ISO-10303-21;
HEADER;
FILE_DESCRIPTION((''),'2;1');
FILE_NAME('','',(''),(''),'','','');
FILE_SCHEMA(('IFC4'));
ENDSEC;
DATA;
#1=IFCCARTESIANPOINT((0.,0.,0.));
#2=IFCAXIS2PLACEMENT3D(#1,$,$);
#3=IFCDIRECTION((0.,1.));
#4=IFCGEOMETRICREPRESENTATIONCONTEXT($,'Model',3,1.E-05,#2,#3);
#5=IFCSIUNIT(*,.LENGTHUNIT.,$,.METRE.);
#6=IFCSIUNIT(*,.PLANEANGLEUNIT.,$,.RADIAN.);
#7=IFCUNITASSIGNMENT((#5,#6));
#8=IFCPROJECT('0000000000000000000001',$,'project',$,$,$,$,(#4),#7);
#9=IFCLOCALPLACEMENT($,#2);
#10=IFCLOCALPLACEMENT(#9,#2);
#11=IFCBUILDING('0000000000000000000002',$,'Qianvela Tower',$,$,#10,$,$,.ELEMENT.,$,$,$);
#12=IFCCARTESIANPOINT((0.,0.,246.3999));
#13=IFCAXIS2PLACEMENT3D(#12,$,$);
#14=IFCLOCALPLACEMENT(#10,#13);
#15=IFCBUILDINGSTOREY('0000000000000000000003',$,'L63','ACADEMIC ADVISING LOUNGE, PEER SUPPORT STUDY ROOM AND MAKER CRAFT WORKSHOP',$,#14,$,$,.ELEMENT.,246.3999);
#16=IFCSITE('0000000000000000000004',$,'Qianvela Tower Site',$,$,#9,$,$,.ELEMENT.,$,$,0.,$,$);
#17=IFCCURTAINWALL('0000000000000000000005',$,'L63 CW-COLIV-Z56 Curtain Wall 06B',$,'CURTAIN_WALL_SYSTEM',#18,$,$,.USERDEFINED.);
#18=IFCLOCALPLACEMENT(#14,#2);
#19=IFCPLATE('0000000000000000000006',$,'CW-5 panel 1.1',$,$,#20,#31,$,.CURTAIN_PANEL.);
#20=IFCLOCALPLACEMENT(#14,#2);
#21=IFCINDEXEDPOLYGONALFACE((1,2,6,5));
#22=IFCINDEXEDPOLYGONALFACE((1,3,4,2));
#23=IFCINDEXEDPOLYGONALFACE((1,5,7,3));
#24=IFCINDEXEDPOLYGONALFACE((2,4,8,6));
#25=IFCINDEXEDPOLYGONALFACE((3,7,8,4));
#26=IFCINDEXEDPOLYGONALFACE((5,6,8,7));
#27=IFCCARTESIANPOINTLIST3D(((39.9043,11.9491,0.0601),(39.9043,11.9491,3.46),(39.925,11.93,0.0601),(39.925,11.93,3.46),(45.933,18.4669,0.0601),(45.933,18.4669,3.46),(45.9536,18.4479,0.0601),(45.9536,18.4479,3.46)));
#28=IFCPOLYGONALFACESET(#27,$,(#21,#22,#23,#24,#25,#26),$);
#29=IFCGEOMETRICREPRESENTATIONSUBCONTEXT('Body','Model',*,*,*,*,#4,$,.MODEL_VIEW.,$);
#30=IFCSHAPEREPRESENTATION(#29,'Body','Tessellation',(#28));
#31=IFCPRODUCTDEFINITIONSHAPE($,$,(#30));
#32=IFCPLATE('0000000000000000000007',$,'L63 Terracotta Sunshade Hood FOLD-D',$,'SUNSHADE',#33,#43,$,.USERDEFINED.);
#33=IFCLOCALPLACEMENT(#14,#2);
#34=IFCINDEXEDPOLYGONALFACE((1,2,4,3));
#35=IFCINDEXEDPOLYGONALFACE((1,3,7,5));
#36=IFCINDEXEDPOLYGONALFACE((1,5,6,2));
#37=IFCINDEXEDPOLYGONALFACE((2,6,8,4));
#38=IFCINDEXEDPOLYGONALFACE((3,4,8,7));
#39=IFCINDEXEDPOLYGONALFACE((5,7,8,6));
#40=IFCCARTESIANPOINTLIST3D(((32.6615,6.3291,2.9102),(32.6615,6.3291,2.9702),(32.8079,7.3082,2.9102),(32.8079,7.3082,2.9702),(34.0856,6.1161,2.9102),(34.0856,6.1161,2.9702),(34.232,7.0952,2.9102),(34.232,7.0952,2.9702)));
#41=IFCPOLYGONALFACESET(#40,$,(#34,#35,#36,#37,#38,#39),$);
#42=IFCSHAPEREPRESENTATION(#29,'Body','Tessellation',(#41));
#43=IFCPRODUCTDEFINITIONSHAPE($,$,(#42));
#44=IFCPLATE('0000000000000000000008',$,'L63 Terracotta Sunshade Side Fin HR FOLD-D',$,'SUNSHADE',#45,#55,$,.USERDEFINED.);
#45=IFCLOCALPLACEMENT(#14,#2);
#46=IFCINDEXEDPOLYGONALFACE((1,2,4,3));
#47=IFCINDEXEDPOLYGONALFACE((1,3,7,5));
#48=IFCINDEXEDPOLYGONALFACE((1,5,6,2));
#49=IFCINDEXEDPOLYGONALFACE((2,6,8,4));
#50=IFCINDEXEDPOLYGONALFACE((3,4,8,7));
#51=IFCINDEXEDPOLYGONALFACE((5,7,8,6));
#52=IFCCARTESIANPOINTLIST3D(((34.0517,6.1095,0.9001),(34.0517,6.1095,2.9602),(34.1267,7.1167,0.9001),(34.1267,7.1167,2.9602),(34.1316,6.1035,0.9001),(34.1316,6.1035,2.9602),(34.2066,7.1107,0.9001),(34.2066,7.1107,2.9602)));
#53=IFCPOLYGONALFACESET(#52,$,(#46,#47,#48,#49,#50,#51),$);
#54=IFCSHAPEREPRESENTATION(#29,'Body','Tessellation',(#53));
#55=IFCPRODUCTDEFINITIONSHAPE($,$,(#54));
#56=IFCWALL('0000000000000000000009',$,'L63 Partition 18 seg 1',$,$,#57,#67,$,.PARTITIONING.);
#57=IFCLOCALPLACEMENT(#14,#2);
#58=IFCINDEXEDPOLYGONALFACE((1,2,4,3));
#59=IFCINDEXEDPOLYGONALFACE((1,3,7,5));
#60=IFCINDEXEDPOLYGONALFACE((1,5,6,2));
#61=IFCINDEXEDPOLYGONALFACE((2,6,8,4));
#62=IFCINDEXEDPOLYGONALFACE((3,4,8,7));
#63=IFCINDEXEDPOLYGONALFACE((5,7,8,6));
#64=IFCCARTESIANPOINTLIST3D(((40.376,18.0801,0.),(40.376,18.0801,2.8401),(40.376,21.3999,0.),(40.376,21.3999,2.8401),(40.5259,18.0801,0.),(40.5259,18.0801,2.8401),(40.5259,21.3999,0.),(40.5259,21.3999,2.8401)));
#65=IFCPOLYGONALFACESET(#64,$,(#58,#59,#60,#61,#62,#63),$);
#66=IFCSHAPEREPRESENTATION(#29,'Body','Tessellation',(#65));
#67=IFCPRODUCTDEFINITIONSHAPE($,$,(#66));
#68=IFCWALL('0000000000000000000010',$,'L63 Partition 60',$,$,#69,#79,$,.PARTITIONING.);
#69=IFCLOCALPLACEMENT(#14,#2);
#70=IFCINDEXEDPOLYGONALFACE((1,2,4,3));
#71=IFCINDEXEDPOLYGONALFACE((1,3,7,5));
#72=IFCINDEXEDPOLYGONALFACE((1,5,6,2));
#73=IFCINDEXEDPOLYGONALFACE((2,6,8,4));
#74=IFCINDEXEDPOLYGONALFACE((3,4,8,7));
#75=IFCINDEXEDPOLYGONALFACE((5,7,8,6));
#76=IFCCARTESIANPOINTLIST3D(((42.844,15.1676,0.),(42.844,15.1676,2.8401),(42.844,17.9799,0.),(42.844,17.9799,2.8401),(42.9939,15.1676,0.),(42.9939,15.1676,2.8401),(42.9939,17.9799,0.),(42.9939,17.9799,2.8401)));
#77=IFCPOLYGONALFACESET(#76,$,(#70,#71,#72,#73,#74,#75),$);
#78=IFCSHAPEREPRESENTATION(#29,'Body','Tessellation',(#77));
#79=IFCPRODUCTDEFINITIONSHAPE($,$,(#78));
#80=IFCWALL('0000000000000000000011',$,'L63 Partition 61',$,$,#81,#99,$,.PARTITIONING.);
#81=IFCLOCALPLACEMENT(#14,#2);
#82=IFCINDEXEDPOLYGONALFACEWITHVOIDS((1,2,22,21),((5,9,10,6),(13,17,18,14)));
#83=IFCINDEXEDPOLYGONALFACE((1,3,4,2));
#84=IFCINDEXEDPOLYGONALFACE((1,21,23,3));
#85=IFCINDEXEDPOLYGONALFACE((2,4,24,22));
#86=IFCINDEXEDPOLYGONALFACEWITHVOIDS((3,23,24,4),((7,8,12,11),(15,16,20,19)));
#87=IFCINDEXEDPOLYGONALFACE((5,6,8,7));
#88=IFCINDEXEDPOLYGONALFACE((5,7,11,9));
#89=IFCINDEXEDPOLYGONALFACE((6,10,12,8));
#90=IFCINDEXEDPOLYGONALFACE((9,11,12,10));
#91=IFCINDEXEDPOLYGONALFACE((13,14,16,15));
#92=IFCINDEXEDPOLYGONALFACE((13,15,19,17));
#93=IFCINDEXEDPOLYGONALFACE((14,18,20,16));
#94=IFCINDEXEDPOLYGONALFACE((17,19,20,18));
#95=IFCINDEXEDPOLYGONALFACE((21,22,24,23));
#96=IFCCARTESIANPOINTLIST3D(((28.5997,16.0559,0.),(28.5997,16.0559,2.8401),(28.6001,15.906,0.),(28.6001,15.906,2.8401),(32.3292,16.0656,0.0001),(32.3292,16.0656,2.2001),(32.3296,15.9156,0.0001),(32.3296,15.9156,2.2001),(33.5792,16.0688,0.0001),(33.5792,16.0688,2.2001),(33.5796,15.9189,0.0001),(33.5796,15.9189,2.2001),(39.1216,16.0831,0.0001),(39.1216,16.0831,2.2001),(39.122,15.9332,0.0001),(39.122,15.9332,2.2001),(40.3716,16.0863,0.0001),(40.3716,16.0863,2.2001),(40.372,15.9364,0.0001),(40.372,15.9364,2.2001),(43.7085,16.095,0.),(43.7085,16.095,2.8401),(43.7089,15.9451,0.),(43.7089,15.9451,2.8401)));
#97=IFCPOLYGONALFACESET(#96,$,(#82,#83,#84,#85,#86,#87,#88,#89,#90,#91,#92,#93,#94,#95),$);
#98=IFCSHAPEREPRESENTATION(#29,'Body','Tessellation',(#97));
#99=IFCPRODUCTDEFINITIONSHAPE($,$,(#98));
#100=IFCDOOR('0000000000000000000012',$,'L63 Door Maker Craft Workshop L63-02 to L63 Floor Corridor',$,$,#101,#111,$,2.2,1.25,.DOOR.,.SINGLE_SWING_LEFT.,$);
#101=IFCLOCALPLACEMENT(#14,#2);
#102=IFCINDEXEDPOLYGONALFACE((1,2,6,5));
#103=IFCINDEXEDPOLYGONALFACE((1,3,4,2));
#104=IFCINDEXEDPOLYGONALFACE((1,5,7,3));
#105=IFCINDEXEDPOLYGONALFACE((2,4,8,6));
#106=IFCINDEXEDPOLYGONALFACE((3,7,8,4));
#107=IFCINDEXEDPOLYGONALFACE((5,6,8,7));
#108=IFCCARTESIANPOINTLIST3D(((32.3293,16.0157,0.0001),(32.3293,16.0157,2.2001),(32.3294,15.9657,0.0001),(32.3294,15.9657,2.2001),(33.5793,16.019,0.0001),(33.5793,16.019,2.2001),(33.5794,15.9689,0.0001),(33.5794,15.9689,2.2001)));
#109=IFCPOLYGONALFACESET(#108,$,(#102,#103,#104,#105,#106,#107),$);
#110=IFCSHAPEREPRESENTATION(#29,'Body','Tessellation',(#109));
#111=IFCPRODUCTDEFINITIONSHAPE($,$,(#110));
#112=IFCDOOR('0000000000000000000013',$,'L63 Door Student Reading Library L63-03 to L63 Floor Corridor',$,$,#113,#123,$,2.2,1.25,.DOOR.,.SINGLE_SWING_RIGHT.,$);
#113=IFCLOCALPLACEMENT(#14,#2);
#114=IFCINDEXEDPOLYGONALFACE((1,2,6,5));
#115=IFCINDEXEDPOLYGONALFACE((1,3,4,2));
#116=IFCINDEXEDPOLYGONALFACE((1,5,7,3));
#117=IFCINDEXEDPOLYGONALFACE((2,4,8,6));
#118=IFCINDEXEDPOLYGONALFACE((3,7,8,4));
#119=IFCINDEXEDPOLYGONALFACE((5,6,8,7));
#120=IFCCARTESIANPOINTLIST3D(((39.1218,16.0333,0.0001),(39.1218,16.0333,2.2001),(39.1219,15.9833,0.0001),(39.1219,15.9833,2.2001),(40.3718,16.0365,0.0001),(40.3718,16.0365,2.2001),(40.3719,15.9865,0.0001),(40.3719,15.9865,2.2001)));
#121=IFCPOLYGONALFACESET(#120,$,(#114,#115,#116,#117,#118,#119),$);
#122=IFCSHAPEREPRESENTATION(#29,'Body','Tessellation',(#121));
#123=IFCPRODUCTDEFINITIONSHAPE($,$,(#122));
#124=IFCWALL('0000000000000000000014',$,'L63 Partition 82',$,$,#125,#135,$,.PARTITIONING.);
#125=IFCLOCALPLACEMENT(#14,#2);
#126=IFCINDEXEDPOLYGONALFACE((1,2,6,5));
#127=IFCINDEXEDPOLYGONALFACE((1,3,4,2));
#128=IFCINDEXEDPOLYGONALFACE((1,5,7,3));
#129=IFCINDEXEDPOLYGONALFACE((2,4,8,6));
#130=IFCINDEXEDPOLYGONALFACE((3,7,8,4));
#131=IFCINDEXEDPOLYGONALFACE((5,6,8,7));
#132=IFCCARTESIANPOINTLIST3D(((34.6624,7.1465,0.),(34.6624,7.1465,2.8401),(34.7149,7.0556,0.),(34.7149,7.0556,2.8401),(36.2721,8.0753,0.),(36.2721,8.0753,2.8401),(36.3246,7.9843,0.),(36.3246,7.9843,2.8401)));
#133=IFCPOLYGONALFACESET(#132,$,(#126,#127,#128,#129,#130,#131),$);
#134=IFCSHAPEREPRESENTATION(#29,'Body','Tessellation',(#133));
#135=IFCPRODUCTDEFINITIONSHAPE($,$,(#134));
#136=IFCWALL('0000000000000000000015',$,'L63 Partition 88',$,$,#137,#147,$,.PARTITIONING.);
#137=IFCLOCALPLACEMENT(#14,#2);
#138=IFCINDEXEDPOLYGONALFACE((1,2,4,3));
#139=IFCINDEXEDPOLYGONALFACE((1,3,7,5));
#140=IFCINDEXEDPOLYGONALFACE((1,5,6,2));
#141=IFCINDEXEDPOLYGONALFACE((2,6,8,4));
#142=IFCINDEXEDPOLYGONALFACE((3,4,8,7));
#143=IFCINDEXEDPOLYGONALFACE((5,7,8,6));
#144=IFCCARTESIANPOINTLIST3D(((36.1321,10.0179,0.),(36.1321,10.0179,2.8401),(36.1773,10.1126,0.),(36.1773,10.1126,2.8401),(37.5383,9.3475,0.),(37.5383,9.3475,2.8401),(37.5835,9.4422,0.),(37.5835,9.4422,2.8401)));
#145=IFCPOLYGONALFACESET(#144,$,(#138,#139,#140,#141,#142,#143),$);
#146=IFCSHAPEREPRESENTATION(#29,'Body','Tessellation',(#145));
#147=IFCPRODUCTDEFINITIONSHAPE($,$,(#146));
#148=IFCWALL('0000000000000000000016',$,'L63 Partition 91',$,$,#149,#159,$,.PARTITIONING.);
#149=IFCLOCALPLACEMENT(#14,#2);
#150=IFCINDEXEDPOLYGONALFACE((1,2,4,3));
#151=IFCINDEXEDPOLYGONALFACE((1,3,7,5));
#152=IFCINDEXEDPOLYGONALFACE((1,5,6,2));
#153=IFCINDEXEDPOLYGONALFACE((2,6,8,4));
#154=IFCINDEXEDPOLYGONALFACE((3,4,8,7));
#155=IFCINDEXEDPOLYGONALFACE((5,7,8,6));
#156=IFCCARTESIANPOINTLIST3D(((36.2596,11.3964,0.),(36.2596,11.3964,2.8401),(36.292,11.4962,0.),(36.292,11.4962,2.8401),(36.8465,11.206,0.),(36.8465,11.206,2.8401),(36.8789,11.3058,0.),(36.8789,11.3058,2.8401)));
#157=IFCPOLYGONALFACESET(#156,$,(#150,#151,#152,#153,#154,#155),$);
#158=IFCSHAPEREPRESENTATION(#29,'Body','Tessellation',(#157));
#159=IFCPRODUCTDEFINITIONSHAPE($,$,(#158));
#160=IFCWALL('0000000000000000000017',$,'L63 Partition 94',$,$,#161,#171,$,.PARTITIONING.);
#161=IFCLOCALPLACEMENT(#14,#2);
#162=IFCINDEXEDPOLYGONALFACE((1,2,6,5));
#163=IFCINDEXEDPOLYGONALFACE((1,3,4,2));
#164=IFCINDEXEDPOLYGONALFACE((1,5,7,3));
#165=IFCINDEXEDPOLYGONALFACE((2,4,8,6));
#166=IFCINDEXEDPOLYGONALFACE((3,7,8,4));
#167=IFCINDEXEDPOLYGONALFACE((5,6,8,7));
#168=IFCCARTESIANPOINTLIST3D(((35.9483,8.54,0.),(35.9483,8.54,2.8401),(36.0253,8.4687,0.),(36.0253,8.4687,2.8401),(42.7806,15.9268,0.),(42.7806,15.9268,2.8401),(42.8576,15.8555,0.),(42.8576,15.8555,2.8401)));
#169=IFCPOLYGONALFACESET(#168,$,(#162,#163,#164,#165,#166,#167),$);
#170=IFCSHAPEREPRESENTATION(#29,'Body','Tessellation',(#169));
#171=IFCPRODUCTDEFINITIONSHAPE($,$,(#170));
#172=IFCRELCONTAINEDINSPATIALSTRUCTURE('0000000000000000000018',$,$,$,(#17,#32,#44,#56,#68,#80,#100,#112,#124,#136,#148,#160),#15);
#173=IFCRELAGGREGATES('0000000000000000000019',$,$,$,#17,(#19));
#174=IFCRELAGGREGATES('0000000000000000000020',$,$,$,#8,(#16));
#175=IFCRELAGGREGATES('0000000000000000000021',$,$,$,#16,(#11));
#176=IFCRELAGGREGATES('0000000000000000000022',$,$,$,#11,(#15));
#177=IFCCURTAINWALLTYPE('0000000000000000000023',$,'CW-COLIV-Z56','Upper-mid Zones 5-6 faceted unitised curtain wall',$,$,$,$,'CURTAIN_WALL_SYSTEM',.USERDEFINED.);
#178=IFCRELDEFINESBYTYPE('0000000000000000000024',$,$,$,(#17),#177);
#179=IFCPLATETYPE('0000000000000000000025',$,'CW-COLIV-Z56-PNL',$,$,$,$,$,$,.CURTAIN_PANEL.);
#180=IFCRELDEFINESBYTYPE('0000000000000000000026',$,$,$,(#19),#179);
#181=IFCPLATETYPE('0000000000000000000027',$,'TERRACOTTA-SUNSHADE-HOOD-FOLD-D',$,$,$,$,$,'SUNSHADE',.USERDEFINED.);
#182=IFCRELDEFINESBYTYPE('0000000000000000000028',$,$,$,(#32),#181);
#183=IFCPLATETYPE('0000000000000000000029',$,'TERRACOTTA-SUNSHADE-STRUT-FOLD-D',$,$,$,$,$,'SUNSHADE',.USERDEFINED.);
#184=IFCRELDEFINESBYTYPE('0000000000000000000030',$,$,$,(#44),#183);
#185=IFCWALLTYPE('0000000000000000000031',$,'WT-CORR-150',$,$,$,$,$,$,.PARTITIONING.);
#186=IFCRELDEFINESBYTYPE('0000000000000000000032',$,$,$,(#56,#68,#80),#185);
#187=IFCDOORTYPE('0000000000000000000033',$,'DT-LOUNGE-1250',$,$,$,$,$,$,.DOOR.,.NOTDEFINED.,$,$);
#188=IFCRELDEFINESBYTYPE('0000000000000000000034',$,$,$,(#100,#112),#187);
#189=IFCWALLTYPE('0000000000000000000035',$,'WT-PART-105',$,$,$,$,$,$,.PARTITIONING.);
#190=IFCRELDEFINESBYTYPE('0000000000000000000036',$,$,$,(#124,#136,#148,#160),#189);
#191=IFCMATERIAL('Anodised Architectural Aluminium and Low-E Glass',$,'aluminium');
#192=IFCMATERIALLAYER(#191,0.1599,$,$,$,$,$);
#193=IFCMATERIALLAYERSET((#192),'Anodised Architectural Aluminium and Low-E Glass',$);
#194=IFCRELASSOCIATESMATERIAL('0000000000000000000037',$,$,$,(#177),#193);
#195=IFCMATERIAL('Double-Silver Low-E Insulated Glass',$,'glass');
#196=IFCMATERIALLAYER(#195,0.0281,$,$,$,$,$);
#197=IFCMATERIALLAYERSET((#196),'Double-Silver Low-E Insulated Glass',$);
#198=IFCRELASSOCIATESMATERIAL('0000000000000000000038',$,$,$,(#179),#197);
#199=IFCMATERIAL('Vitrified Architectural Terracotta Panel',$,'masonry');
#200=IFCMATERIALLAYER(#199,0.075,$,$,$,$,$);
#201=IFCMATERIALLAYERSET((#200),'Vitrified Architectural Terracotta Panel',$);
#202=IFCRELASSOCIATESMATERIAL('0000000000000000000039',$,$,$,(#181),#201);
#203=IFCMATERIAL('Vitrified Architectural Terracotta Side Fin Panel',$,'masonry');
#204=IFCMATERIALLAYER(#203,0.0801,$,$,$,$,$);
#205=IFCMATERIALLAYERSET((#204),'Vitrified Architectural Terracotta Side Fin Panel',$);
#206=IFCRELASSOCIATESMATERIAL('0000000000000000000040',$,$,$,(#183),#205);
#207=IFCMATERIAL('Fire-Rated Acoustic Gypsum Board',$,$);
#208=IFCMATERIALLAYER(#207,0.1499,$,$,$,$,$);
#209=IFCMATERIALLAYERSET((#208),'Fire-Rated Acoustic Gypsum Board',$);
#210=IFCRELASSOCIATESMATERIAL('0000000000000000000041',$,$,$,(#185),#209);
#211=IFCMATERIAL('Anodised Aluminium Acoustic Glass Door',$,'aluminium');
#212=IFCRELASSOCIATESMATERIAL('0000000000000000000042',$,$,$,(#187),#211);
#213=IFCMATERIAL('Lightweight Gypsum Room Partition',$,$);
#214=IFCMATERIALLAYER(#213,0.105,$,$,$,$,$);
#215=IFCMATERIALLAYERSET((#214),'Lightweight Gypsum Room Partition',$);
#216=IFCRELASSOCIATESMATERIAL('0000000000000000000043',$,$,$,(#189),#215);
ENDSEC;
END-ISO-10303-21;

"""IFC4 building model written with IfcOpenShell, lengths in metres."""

from ifc_helpers import new_model, si_unit, direction, frame, frame_2d, origin, origin_2d, place, context, subcontext, project, spatial, rectangle, extrude, material, layer, layer_set, type_object, element, fill, aggregate, save


model = new_model("IFC4")

# Units and contexts
model_context = context("Model", 3, precision=1e-05, world=origin(), true_north=direction((0.0, 1.0)))
body_context = subcontext(model_context, "Body", "Model", "MODEL_VIEW")
ifc_project = project(units=[si_unit("LENGTHUNIT", "METRE"), si_unit("PLANEANGLEUNIT", "RADIAN")], contexts=[model_context])

# Site, building, storey
site_placement = place(None, origin())
site = spatial("IfcSite", under=ifc_project, at=site_placement, Name="Qianvela Tower Site", CompositionType="ELEMENT", RefElevation=0.0)
building_placement = place(site_placement, origin())
building = spatial("IfcBuilding", under=site, at=building_placement, Name="Qianvela Tower", CompositionType="ELEMENT")
storey_placement = place(building_placement, frame((0.0, 0.0, 246.3999)))
storey = spatial("IfcBuildingStorey", under=building, at=storey_placement, Name="L63", Description="ACADEMIC ADVISING LOUNGE, PEER SUPPORT STUDY ROOM AND MAKER CRAFT WORKSHOP", CompositionType="ELEMENT", Elevation=246.3999)

# Curtain wall
ifc_material_1 = material(Name="Anodised Architectural Aluminium and Low-E Glass", Category="aluminium")
ifc_layer_1 = layer(ifc_material_1, 0.1599)
ifc_layer_set_1 = layer_set([ifc_layer_1], Name="Anodised Architectural Aluminium and Low-E Glass")
curtain_wall_type_1 = type_object("IfcCurtainWallType", Name="CW-COLIV-Z56", Description="Upper-mid Zones 5-6 faceted unitised curtain wall", ElementType="CURTAIN_WALL_SYSTEM", PredefinedType="USERDEFINED", material=ifc_layer_set_1)
curtain_wall_1_placement = place(storey_placement, origin())
curtain_wall_1 = element("IfcCurtainWall", 1, at=curtain_wall_1_placement, inside=storey, type_object=curtain_wall_type_1, Name="L63 CW-COLIV-Z56 Curtain Wall 06B", ObjectType="CURTAIN_WALL_SYSTEM", PredefinedType="USERDEFINED")

# Plate
ifc_material_2 = material(Name="Double-Silver Low-E Insulated Glass", Category="glass")
ifc_layer_2 = layer(ifc_material_2, 0.0281)
ifc_layer_set_2 = layer_set([ifc_layer_2], Name="Double-Silver Low-E Insulated Glass")
plate_type_1 = type_object("IfcPlateType", Name="CW-COLIV-Z56-PNL", PredefinedType="CURTAIN_PANEL", material=ifc_layer_set_2)
plate_1_placement = place(storey_placement, frame((42.929, 15.1985, 0.0601), z_axis=(0.0, 0.0, 1.0), x_axis=(0.679018, 0.734122, 0.0)))
plate_1 = element("IfcPlate", 2, at=plate_1_placement, type_object=plate_type_1, Name="CW-5 panel 1.1", PredefinedType="CURTAIN_PANEL", context=body_context, shape_type="SweptSolid", body=[
    extrude(rectangle(XDim=8.8784, YDim=0.0281, at=origin_2d()), origin(), (0.0, 0.0, 1.0), 3.3999),
])
aggregate(curtain_wall_1, [plate_1])

# Plates
ifc_material_3 = material(Name="Vitrified Architectural Terracotta Panel", Category="masonry")
ifc_layer_3 = layer(ifc_material_3, 0.075)
ifc_layer_set_3 = layer_set([ifc_layer_3], Name="Vitrified Architectural Terracotta Panel")
plate_type_2 = type_object("IfcPlateType", Name="TERRACOTTA-SUNSHADE-HOOD-FOLD-D", ElementType="SUNSHADE", PredefinedType="USERDEFINED", material=ifc_layer_set_3)
plate_2_placement = place(storey_placement, frame((33.4468, 6.7122, 2.9102), z_axis=(0.0, 0.0, 1.0), x_axis=(0.988999, -0.147922, 0.0)))
element("IfcPlate", 3, at=plate_2_placement, inside=storey, type_object=plate_type_2, Name="L63 Terracotta Sunshade Hood FOLD-D", ObjectType="SUNSHADE", PredefinedType="USERDEFINED", context=body_context, shape_type="SweptSolid", body=[
    extrude(rectangle(XDim=1.4399, YDim=0.99, at=origin_2d()), origin(), (0.0, 0.0, 1.0), 0.0601),
])
ifc_material_4 = material(Name="Vitrified Architectural Terracotta Side Fin Panel", Category="masonry")
ifc_layer_4 = layer(ifc_material_4, 0.0801)
ifc_layer_set_4 = layer_set([ifc_layer_4], Name="Vitrified Architectural Terracotta Side Fin Panel")
plate_type_3 = type_object("IfcPlateType", Name="TERRACOTTA-SUNSHADE-STRUT-FOLD-D", ElementType="SUNSHADE", PredefinedType="USERDEFINED", material=ifc_layer_set_4)
plate_3_placement = place(storey_placement, frame((34.1292, 6.6101, 0.9001), z_axis=(0.0, 0.0, 1.0), x_axis=(0.997242, -0.074222, 0.0)))
element("IfcPlate", 4, at=plate_3_placement, inside=storey, type_object=plate_type_3, Name="L63 Terracotta Sunshade Side Fin HR FOLD-D", ObjectType="SUNSHADE", PredefinedType="USERDEFINED", context=body_context, shape_type="SweptSolid", body=[
    extrude(rectangle(XDim=0.0801, YDim=1.01, at=origin_2d()), origin(), (0.0, 0.0, 1.0), 2.0601),
])

# Shared definitions
ifc_material_5 = material(Name="Fire-Rated Acoustic Gypsum Board")
ifc_layer_5 = layer(ifc_material_5, 0.1499)
ifc_layer_set_5 = layer_set([ifc_layer_5], Name="Fire-Rated Acoustic Gypsum Board")
wall_type_1 = type_object("IfcWallType", Name="WT-CORR-150", PredefinedType="PARTITIONING", material=ifc_layer_set_5)

# Walls
wall_1_placement = place(storey_placement, frame((40.4509, 18.0801, 0.0), z_axis=(0.0, 0.0, 1.0), x_axis=(0.0, 1.0, 0.0)))
element("IfcWall", 5, at=wall_1_placement, inside=storey, type_object=wall_type_1, Name="L63 Partition 18 seg 1", PredefinedType="PARTITIONING", context=body_context, shape_type="SweptSolid", body=[
    extrude(rectangle(XDim=3.3198, YDim=0.1499, at=frame_2d((1.6599, 0.0))), origin(), (0.0, 0.0, 1.0), 2.8401),
])
wall_2_placement = place(storey_placement, frame((42.9189, 17.98, 0.0), z_axis=(0.0, 0.0, 1.0), x_axis=(0.0, -1.0, 0.0)))
element("IfcWall", 6, at=wall_2_placement, inside=storey, type_object=wall_type_1, Name="L63 Partition 60", PredefinedType="PARTITIONING", context=body_context, shape_type="SweptSolid", body=[
    extrude(rectangle(XDim=2.8123, YDim=0.1499, at=frame_2d((1.4062, 0.0))), origin(), (0.0, 0.0, 1.0), 2.8401),
])

# Wall, openings, doors
wall_3_placement = place(storey_placement, frame((43.7087, 16.02, 0.0), z_axis=(0.0, 0.0, 1.0), x_axis=(-0.999997, -0.002585, 0.0)))
wall_3 = element("IfcWall", 7, at=wall_3_placement, inside=storey, type_object=wall_type_1, Name="L63 Partition 61", PredefinedType="PARTITIONING", context=body_context, shape_type="SweptSolid", body=[
    extrude(rectangle(XDim=15.1089, YDim=0.1499, at=frame_2d((7.5544, 0.0))), origin(), (0.0, 0.0, 1.0), 2.8401),
])
opening_1_placement = place(wall_3_placement, frame((10.1294, 0.0, 0.0)))
opening_1 = element("IfcOpeningElement", 8, at=opening_1_placement, cuts=wall_3, PredefinedType="OPENING", context=body_context, shape_type="SweptSolid", body=[
    extrude(rectangle(XDim=1.25, YDim=2.2, at=frame_2d((0.625, 1.1001))), frame((0.0, 0.085, 0.0), z_axis=(0.0, -1.0, 0.0), x_axis=(1.0, 0.0, 0.0)), (0.0, 0.0, 1.0), 0.1699),
])
opening_2_placement = place(wall_3_placement, frame((3.3369, 0.0, 0.0)))
opening_2 = element("IfcOpeningElement", 9, at=opening_2_placement, cuts=wall_3, PredefinedType="OPENING", context=body_context, shape_type="SweptSolid", body=[
    extrude(rectangle(XDim=1.25, YDim=2.2, at=frame_2d((0.625, 1.1001))), frame((0.0, 0.085, 0.0), z_axis=(0.0, -1.0, 0.0), x_axis=(1.0, 0.0, 0.0)), (0.0, 0.0, 1.0), 0.1699),
])
ifc_material_6 = material(Name="Anodised Aluminium Acoustic Glass Door", Category="aluminium")
door_type_1 = type_object("IfcDoorType", Name="DT-LOUNGE-1250", OperationType="NOTDEFINED", PredefinedType="DOOR", material=ifc_material_6)
door_1_placement = place(opening_1_placement, origin())
door_1 = element("IfcDoor", 10, at=door_1_placement, inside=storey, type_object=door_type_1, Name="L63 Door Maker Craft Workshop L63-02 to L63 Floor Corridor", OperationType="SINGLE_SWING_LEFT", OverallHeight=2.2, OverallWidth=1.25, PredefinedType="DOOR", context=body_context, shape_type="SweptSolid", body=[
    extrude(rectangle(XDim=1.25, YDim=2.2, at=frame_2d((0.625, 1.1001))), frame((0.0, 0.0249, 0.0), z_axis=(0.0, -1.0, 0.0), x_axis=(1.0, 0.0, 0.0)), (0.0, 0.0, 1.0), 0.05),
])
fill(opening_1, door_1)
door_2_placement = place(opening_2_placement, origin())
door_2 = element("IfcDoor", 11, at=door_2_placement, inside=storey, type_object=door_type_1, Name="L63 Door Student Reading Library L63-03 to L63 Floor Corridor", OperationType="SINGLE_SWING_RIGHT", OverallHeight=2.2, OverallWidth=1.25, PredefinedType="DOOR", context=body_context, shape_type="SweptSolid", body=[
    extrude(rectangle(XDim=1.25, YDim=2.2, at=frame_2d((0.625, 1.1001))), frame((0.0, 0.0249, 0.0), z_axis=(0.0, -1.0, 0.0), x_axis=(1.0, 0.0, 0.0)), (0.0, 0.0, 1.0), 0.05),
])
fill(opening_2, door_2)

# Walls
ifc_material_7 = material(Name="Lightweight Gypsum Room Partition")
ifc_layer_6 = layer(ifc_material_7, 0.105)
ifc_layer_set_6 = layer_set([ifc_layer_6], Name="Lightweight Gypsum Room Partition")
wall_type_2 = type_object("IfcWallType", Name="WT-PART-105", PredefinedType="PARTITIONING", material=ifc_layer_set_6)
wall_4_placement = place(storey_placement, frame((36.2983, 8.0298, 0.0), z_axis=(0.0, 0.0, 1.0), x_axis=(-0.866166, -0.499757, 0.0)))
element("IfcWall", 12, at=wall_4_placement, inside=storey, type_object=wall_type_2, Name="L63 Partition 82", PredefinedType="PARTITIONING", context=body_context, shape_type="SweptSolid", body=[
    extrude(rectangle(XDim=1.8584, YDim=0.105, at=frame_2d((0.9292, 0.0))), origin(), (0.0, 0.0, 1.0), 2.8401),
])
wall_5_placement = place(storey_placement, frame((36.1548, 10.0652, 0.0), z_axis=(0.0, 0.0, 1.0), x_axis=(0.902669, -0.430335, 0.0)))
element("IfcWall", 13, at=wall_5_placement, inside=storey, type_object=wall_type_2, Name="L63 Partition 88", PredefinedType="PARTITIONING", context=body_context, shape_type="SweptSolid", body=[
    extrude(rectangle(XDim=1.5579, YDim=0.105, at=frame_2d((0.7788, 0.0))), origin(), (0.0, 0.0, 1.0), 2.8401),
])
wall_6_placement = place(storey_placement, frame((36.8628, 11.2559, 0.0), z_axis=(0.0, 0.0, 1.0), x_axis=(-0.951185, 0.308621, 0.0)))
element("IfcWall", 14, at=wall_6_placement, inside=storey, type_object=wall_type_2, Name="L63 Partition 91", PredefinedType="PARTITIONING", context=body_context, shape_type="SweptSolid", body=[
    extrude(rectangle(XDim=0.6169, YDim=0.105, at=frame_2d((0.3086, 0.0))), origin(), (0.0, 0.0, 1.0), 2.8401),
])
wall_7_placement = place(storey_placement, frame((42.8191, 15.8911, 0.0), z_axis=(0.0, 0.0, 1.0), x_axis=(-0.679018, -0.734121, 0.0)))
element("IfcWall", 15, at=wall_7_placement, inside=storey, type_object=wall_type_2, Name="L63 Partition 94", PredefinedType="PARTITIONING", context=body_context, shape_type="SweptSolid", body=[
    extrude(rectangle(XDim=10.062, YDim=0.105, at=frame_2d((5.031, 0.0))), origin(), (0.0, 0.0, 1.0), 2.8401),
])

save(model, "model.ifc")
